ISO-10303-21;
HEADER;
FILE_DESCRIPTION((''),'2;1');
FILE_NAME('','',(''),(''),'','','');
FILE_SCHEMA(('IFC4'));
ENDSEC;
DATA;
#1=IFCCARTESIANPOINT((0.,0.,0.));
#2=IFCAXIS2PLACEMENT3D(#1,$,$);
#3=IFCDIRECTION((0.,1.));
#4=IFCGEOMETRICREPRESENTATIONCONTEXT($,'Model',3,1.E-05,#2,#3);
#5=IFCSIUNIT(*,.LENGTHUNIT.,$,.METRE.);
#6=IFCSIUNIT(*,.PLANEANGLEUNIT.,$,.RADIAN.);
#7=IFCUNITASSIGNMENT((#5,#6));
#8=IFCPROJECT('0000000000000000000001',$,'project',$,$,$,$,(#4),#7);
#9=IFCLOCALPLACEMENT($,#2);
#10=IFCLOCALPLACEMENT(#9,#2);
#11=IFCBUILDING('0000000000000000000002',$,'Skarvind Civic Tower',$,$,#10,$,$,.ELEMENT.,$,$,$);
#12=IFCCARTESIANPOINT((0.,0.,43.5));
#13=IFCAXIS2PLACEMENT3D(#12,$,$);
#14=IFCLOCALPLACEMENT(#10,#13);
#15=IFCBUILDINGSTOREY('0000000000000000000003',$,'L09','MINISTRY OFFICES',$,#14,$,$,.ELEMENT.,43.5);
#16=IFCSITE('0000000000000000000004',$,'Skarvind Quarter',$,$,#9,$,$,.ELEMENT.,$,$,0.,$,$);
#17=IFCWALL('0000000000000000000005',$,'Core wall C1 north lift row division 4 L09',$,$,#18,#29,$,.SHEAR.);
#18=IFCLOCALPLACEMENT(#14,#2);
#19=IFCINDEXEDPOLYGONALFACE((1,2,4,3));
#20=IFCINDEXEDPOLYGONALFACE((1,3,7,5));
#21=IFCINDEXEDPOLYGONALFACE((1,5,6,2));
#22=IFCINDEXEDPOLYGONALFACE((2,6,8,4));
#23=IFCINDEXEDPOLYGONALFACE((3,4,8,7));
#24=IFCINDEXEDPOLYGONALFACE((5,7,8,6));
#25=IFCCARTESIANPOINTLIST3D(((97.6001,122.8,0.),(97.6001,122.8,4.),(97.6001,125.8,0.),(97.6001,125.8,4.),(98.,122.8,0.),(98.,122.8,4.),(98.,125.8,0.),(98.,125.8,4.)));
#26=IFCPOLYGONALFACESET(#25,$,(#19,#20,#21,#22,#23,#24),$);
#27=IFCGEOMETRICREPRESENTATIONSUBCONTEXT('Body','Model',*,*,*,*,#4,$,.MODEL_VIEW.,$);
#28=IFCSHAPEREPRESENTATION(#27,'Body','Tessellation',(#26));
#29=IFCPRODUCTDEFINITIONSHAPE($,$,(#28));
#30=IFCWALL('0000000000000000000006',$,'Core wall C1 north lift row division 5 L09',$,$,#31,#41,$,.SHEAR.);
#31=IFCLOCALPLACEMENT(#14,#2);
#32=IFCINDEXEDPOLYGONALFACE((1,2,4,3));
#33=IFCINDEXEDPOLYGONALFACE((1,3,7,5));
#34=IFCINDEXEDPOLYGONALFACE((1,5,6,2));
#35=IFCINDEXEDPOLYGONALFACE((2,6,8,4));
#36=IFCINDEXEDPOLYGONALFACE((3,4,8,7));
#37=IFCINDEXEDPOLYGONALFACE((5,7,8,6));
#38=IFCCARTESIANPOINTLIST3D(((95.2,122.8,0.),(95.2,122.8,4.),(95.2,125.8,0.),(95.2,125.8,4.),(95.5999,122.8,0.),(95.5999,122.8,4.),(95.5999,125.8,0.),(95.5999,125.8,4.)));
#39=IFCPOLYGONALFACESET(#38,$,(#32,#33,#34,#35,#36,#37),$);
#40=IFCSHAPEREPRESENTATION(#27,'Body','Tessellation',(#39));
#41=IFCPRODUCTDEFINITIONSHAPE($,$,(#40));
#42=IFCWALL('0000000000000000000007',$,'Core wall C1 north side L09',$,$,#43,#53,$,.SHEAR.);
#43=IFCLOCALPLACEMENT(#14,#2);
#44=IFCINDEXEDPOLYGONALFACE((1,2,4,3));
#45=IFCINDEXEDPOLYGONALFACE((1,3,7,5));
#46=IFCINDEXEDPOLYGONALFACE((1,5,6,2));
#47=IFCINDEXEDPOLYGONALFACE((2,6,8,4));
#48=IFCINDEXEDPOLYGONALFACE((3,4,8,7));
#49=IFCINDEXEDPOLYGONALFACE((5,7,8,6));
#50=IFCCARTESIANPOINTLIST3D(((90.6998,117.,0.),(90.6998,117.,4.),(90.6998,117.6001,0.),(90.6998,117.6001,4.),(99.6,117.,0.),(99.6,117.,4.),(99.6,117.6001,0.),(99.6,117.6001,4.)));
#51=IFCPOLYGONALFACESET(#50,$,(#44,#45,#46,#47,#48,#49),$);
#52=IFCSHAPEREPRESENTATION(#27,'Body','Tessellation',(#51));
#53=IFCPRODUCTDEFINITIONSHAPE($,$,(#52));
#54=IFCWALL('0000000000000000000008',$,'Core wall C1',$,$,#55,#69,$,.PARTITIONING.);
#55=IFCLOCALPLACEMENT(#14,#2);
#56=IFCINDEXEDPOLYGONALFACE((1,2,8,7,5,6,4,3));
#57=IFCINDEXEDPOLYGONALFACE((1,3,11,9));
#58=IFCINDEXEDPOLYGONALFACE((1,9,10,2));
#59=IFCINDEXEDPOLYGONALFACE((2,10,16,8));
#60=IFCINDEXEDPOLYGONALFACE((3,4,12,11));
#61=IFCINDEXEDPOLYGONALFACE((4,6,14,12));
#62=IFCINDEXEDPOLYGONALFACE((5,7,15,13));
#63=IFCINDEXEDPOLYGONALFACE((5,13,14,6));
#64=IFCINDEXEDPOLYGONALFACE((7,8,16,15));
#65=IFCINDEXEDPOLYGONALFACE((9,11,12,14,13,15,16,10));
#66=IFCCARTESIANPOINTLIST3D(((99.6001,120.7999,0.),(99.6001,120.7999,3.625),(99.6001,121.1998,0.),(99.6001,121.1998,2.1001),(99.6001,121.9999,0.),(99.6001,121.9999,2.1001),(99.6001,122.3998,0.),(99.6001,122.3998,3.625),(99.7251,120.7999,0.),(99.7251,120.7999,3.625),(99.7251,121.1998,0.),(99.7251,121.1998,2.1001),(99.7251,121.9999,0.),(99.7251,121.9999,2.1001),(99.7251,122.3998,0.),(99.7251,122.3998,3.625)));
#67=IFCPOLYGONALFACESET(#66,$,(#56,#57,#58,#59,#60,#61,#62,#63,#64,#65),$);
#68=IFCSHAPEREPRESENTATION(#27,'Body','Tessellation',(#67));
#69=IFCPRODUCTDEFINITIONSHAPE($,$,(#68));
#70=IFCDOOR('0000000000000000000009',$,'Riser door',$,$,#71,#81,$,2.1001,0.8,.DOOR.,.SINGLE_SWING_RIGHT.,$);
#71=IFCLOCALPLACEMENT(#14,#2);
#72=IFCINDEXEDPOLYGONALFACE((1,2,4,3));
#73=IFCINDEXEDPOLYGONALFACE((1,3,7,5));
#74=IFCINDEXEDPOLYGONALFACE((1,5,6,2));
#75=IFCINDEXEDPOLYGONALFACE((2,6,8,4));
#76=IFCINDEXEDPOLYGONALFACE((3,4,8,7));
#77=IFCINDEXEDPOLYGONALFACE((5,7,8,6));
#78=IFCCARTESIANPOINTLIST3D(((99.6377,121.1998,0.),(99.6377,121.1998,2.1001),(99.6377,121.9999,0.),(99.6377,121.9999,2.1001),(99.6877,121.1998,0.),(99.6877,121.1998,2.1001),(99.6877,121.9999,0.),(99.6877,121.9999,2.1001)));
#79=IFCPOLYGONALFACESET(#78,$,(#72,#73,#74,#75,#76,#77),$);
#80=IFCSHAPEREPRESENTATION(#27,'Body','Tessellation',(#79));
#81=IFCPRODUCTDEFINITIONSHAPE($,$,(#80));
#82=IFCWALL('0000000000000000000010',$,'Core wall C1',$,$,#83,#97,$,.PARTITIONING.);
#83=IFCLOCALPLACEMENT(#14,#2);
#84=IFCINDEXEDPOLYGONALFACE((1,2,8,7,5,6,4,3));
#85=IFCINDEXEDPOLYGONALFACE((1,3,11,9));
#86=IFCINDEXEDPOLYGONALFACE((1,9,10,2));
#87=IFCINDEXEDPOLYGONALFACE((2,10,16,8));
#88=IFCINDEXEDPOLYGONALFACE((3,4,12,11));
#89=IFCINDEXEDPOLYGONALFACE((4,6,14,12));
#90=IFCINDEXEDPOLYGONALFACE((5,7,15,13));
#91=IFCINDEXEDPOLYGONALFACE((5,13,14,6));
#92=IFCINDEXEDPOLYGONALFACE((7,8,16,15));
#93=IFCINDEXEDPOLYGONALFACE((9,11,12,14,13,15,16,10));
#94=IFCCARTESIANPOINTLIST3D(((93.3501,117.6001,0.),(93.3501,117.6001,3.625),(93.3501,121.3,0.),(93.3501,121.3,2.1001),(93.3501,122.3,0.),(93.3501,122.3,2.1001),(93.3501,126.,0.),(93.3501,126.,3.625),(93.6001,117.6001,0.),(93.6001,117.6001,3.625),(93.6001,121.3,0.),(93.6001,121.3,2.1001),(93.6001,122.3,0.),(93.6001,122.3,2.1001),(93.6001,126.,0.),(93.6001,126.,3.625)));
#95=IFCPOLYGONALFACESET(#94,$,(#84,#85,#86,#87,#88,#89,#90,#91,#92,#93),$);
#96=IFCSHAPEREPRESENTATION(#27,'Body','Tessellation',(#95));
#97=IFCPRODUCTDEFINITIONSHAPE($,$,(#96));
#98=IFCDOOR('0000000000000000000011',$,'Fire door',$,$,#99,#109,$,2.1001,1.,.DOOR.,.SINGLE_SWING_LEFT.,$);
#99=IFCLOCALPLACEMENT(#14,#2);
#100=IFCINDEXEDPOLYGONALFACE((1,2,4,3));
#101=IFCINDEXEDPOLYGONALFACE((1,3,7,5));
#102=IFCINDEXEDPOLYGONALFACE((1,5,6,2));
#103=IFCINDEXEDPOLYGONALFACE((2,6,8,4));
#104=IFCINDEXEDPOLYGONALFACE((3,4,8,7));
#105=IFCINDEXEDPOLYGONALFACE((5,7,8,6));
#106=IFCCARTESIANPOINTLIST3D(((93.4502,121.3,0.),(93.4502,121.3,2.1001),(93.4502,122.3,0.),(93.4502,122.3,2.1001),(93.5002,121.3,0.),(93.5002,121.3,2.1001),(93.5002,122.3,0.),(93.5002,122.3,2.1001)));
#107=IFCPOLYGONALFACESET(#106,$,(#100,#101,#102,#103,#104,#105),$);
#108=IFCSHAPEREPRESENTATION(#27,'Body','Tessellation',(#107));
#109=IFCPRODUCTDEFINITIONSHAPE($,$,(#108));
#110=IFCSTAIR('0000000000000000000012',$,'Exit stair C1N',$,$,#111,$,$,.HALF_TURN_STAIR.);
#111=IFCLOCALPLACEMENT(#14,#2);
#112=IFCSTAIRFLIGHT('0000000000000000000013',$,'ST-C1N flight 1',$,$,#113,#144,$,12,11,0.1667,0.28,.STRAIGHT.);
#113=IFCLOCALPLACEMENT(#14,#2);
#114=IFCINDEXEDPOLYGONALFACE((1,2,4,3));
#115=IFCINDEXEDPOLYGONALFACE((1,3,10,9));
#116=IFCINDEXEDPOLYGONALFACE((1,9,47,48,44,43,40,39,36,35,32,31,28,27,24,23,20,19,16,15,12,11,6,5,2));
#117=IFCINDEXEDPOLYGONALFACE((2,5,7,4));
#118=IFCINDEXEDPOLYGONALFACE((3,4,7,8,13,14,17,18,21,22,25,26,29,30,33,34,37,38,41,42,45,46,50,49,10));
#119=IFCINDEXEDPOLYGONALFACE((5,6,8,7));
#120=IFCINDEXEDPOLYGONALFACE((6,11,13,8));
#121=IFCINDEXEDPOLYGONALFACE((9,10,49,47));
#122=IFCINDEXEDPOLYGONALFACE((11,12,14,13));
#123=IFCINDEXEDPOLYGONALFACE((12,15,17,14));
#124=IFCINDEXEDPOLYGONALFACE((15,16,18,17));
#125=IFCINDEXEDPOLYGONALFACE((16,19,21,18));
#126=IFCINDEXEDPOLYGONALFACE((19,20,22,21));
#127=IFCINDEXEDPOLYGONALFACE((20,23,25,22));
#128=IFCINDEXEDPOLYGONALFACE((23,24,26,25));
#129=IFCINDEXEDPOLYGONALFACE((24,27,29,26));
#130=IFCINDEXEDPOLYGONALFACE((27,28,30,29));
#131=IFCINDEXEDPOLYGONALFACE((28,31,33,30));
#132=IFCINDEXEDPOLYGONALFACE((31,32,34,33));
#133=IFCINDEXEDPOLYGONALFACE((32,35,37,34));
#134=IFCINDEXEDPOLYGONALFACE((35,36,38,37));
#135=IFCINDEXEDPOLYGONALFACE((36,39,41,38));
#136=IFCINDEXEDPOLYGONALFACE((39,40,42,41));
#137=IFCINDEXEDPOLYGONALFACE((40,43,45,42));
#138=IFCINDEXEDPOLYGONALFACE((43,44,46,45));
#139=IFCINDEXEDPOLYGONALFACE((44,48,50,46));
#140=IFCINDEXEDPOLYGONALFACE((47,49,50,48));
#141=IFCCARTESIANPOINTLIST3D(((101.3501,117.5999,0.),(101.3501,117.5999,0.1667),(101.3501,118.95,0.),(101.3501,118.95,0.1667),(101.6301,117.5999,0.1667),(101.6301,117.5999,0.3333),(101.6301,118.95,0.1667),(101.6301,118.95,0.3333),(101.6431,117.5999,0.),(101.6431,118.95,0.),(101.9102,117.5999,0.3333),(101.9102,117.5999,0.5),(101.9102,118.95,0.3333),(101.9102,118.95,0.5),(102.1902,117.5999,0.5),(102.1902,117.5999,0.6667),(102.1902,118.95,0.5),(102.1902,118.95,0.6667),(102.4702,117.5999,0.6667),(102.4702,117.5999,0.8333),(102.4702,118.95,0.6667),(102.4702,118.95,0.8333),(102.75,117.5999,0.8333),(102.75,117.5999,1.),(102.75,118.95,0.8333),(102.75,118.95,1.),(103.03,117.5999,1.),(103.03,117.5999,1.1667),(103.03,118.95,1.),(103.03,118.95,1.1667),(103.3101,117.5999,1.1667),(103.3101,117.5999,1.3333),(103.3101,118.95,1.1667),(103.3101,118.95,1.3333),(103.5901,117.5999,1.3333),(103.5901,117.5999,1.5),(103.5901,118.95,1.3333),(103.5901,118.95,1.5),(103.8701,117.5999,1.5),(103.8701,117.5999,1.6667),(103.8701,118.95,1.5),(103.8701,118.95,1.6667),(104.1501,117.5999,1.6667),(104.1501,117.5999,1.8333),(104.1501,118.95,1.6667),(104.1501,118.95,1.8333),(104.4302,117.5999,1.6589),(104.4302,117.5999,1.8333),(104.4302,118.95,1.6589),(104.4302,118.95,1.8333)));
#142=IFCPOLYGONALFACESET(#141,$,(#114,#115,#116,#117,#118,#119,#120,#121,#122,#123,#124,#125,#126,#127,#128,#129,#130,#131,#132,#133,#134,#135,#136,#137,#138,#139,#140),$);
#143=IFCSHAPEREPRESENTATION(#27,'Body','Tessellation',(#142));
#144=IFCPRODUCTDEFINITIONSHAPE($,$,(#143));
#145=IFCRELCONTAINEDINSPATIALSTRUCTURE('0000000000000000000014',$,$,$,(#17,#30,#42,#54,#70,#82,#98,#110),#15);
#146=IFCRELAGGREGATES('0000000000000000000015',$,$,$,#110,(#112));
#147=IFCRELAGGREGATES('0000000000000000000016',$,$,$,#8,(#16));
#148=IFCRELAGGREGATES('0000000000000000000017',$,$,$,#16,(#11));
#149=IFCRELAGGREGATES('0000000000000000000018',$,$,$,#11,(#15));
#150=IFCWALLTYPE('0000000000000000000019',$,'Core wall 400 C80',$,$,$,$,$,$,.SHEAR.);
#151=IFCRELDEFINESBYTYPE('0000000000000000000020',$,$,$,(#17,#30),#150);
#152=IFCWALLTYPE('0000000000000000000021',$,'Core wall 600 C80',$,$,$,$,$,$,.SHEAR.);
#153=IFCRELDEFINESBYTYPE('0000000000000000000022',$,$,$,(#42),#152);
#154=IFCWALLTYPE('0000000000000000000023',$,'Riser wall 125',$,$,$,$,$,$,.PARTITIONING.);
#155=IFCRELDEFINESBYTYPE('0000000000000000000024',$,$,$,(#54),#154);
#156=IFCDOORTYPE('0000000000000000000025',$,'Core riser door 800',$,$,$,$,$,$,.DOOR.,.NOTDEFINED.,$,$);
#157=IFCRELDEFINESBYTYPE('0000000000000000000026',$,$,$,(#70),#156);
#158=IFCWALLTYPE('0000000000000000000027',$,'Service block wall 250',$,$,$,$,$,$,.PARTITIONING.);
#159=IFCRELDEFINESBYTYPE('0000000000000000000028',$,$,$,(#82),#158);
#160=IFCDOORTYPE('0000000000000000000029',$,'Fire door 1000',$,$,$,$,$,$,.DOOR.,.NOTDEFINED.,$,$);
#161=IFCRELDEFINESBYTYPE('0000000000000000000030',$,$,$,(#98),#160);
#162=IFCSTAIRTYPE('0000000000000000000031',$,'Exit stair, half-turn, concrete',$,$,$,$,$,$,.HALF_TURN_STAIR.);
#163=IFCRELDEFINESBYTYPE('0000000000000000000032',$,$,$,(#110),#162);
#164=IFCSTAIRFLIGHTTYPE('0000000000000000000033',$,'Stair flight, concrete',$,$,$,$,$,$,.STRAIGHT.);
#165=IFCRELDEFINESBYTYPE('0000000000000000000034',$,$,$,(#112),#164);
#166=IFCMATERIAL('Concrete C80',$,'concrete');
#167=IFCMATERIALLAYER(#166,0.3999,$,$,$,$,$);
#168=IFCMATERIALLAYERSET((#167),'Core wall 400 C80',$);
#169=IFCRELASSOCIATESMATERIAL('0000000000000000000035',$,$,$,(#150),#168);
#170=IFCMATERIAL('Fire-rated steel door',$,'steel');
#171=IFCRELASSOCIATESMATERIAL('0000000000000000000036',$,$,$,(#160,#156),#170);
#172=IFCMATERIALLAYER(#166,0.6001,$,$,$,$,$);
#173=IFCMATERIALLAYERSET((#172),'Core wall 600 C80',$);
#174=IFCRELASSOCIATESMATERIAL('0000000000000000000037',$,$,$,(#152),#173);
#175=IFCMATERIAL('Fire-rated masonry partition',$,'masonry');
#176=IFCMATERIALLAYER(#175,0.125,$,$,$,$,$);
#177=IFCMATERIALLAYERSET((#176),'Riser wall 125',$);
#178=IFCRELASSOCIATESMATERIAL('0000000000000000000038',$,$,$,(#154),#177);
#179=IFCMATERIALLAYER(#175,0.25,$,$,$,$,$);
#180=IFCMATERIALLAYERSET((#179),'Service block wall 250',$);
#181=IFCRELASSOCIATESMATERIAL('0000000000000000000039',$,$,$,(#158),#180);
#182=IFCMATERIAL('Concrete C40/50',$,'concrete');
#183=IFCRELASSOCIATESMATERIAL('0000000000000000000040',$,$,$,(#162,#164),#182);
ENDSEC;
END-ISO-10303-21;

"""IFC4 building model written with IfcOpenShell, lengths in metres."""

from ifc_helpers import new_model, si_unit, direction, frame, frame_2d, origin, place, context, subcontext, project, spatial, polyline, rectangle, outline, extrude, material, layer, layer_set, type_object, element, fill, aggregate, save


model = new_model("IFC4")

# Units and contexts
model_context = context("Model", 3, precision=1e-05, world=origin(), true_north=direction((0.0, 1.0)))
body_context = subcontext(model_context, "Body", "Model", "MODEL_VIEW")
ifc_project = project(units=[si_unit("LENGTHUNIT", "METRE"), si_unit("PLANEANGLEUNIT", "RADIAN")], contexts=[model_context])

# Site, building, storey
site_placement = place(None, origin())
site = spatial("IfcSite", under=ifc_project, at=site_placement, Name="Skarvind Quarter", CompositionType="ELEMENT", RefElevation=0.0)
building_placement = place(site_placement, origin())
building = spatial("IfcBuilding", under=site, at=building_placement, Name="Skarvind Civic Tower", CompositionType="ELEMENT")
storey_placement = place(building_placement, frame((0.0, 0.0, 43.5)))
storey = spatial("IfcBuildingStorey", under=building, at=storey_placement, Name="L09", Description="MINISTRY OFFICES", CompositionType="ELEMENT", Elevation=43.5)

# Shared definitions
ifc_material_1 = material(Name="Fire-rated masonry partition", Category="masonry")
ifc_material_2 = material(Name="Fire-rated steel door", Category="steel")
ifc_material_3 = material(Name="Concrete C80", Category="concrete")
ifc_layer_1 = layer(ifc_material_3, 0.3999)
ifc_layer_set_1 = layer_set([ifc_layer_1], Name="Core wall 400 C80")
wall_type_1 = type_object("IfcWallType", Name="Core wall 400 C80", PredefinedType="SHEAR", material=ifc_layer_set_1)
door_type_1 = type_object("IfcDoorType", Name="Fire door 1000", OperationType="NOTDEFINED", PredefinedType="DOOR", material=ifc_material_2)

# Walls
for number, where, z_axis, x_axis, name in (
    (1, (97.8, 125.8, 0.0), (0.0, 0.0, 1.0), (0.0, -1.0, 0.0), "Core wall C1 north lift row division 4 L09"),
    (2, (95.3999, 125.8, 0.0), (0.0, 0.0, 1.0), (0.0, -1.0, 0.0), "Core wall C1 north lift row division 5 L09"),
):
    element("IfcWall", number, at=place(storey_placement, frame(where, z_axis=z_axis, x_axis=x_axis)), inside=storey, type_object=wall_type_1, Name=name, PredefinedType="SHEAR", context=body_context, shape_type="SweptSolid", body=[
        extrude(rectangle(XDim=3.0, YDim=0.3999, at=frame_2d((1.5, 0.0))), origin(), (0.0, 0.0, 1.0), 4.0),
    ])
ifc_layer_2 = layer(ifc_material_3, 0.6001)
ifc_layer_set_2 = layer_set([ifc_layer_2], Name="Core wall 600 C80")
wall_type_2 = type_object("IfcWallType", Name="Core wall 600 C80", PredefinedType="SHEAR", material=ifc_layer_set_2)
wall_1_placement = place(storey_placement, frame((99.6001, 117.3, 0.0), z_axis=(0.0, 0.0, 1.0), x_axis=(-1.0, 0.0, 0.0)))
element("IfcWall", 3, at=wall_1_placement, inside=storey, type_object=wall_type_2, Name="Core wall C1 north side L09", PredefinedType="SHEAR", context=body_context, shape_type="SweptSolid", body=[
    extrude(rectangle(XDim=8.9001, YDim=0.6001, at=frame_2d((4.4502, 0.0))), origin(), (0.0, 0.0, 1.0), 4.0),
])

# Walls, openings, doors
ifc_layer_3 = layer(ifc_material_1, 0.125)
ifc_layer_set_3 = layer_set([ifc_layer_3], Name="Riser wall 125")
wall_type_3 = type_object("IfcWallType", Name="Riser wall 125", PredefinedType="PARTITIONING", material=ifc_layer_set_3)
wall_2_placement = place(storey_placement, frame((99.6626, 120.8, 0.0), z_axis=(0.0, 0.0, 1.0), x_axis=(0.0, 1.0, 0.0)))
wall_2 = element("IfcWall", 4, at=wall_2_placement, inside=storey, type_object=wall_type_3, Name="Core wall C1", PredefinedType="PARTITIONING", context=body_context, shape_type="SweptSolid", body=[
    extrude(rectangle(XDim=1.5999, YDim=0.125, at=frame_2d((0.7998, 0.0))), origin(), (0.0, 0.0, 1.0), 3.625),
])
opening_1_placement = place(wall_2_placement, frame((0.3999, 0.0, 0.0)))
opening_1 = element("IfcOpeningElement", 5, at=opening_1_placement, cuts=wall_2, PredefinedType="OPENING", context=body_context, shape_type="SweptSolid", body=[
    extrude(rectangle(XDim=0.8, YDim=2.1001, at=frame_2d((0.3999, 1.05))), frame((0.0, 0.0725, 0.0), z_axis=(0.0, -1.0, 0.0), x_axis=(1.0, 0.0, 0.0)), (0.0, 0.0, 1.0), 0.145),
])
door_type_2 = type_object("IfcDoorType", Name="Core riser door 800", OperationType="NOTDEFINED", PredefinedType="DOOR", material=ifc_material_2)
door_1_placement = place(opening_1_placement, origin())
door_1 = element("IfcDoor", 6, at=door_1_placement, inside=storey, type_object=door_type_2, Name="Riser door", OperationType="SINGLE_SWING_RIGHT", OverallHeight=2.1001, OverallWidth=0.8, PredefinedType="DOOR", context=body_context, shape_type="SweptSolid", body=[
    extrude(rectangle(XDim=0.8, YDim=2.1001, at=frame_2d((0.3999, 1.05))), frame((0.0, 0.0249, 0.0), z_axis=(0.0, -1.0, 0.0), x_axis=(1.0, 0.0, 0.0)), (0.0, 0.0, 1.0), 0.05),
])
fill(opening_1, door_1)
ifc_layer_4 = layer(ifc_material_1, 0.25)
ifc_layer_set_4 = layer_set([ifc_layer_4], Name="Service block wall 250")
wall_type_4 = type_object("IfcWallType", Name="Service block wall 250", PredefinedType="PARTITIONING", material=ifc_layer_set_4)
wall_3_placement = place(storey_placement, frame((93.4751, 117.6001, 0.0), z_axis=(0.0, 0.0, 1.0), x_axis=(0.0, 1.0, 0.0)))
wall_3 = element("IfcWall", 7, at=wall_3_placement, inside=storey, type_object=wall_type_4, Name="Core wall C1", PredefinedType="PARTITIONING", context=body_context, shape_type="SweptSolid", body=[
    extrude(rectangle(XDim=8.3999, YDim=0.25, at=frame_2d((4.2, 0.0))), origin(), (0.0, 0.0, 1.0), 3.625),
])
opening_2_placement = place(wall_3_placement, frame((3.7, 0.0, 0.0)))
opening_2 = element("IfcOpeningElement", 8, at=opening_2_placement, cuts=wall_3, PredefinedType="OPENING", context=body_context, shape_type="SweptSolid", body=[
    extrude(rectangle(XDim=1.0, YDim=2.1001, at=frame_2d((0.5, 1.05))), frame((0.0, 0.135, 0.0), z_axis=(0.0, -1.0, 0.0), x_axis=(1.0, 0.0, 0.0)), (0.0, 0.0, 1.0), 0.27),
])
door_2_placement = place(opening_2_placement, origin())
door_2 = element("IfcDoor", 9, at=door_2_placement, inside=storey, type_object=door_type_1, Name="Fire door", OperationType="SINGLE_SWING_LEFT", OverallHeight=2.1001, OverallWidth=1.0, PredefinedType="DOOR", context=body_context, shape_type="SweptSolid", body=[
    extrude(rectangle(XDim=1.0, YDim=2.1001, at=frame_2d((0.5, 1.05))), frame((0.0, 0.0249, 0.0), z_axis=(0.0, -1.0, 0.0), x_axis=(1.0, 0.0, 0.0)), (0.0, 0.0, 1.0), 0.05),
])
fill(opening_2, door_2)

# Stair, stair flight
ifc_material_4 = material(Name="Concrete C40/50", Category="concrete")
stair_type = type_object("IfcStairType", Name="Exit stair, half-turn, concrete", PredefinedType="HALF_TURN_STAIR", material=ifc_material_4)
stair_placement = place(storey_placement, origin())
stair = element("IfcStair", 10, at=stair_placement, inside=storey, type_object=stair_type, Name="Exit stair C1N", PredefinedType="HALF_TURN_STAIR")
stair_flight_type = type_object("IfcStairFlightType", Name="Stair flight, concrete", PredefinedType="STRAIGHT", material=ifc_material_4)
stair_flight_placement = place(storey_placement, frame((101.3501, 118.2749, 0.0), z_axis=(0.0, 0.0, 1.0), x_axis=(1.0, 0.0, 0.0)))
stair_flight = element("IfcStairFlight", 11, at=stair_flight_placement, type_object=stair_flight_type, Name="ST-C1N flight 1", NumberOfRisers=12, NumberOfTreads=11, PredefinedType="STRAIGHT", RiserHeight=0.1667, TreadLength=0.28, context=body_context, shape_type="SweptSolid", body=[
    extrude(outline(polyline([(0.0, 0.0), (0.0, 0.1667), (0.28, 0.1667), (0.28, 0.3333), (0.5601, 0.3333), (0.5601, 0.5), (0.8401, 0.5), (0.8401, 0.6667), (1.1201, 0.6667), (1.1201, 0.8333), (1.3999, 0.8333), (1.3999, 1.0), (1.6799, 1.0), (1.6799, 1.1667), (1.96, 1.1667), (1.96, 1.3333), (2.24, 1.3333), (2.24, 1.5), (2.52, 1.5), (2.52, 1.6667), (2.8, 1.6667), (2.8, 1.8333), (3.0801, 1.8333), (3.0801, 2.0), (3.0801, 1.6589), (0.293, 0.0), (0.0, 0.0)])), frame((0.0, 0.675, 0.0), z_axis=(0.0, -1.0, 0.0), x_axis=(1.0, 0.0, 0.0)), (0.0, 0.0, 1.0), 1.3501),
])
aggregate(stair, [stair_flight])

save(model, "model.ifc")
